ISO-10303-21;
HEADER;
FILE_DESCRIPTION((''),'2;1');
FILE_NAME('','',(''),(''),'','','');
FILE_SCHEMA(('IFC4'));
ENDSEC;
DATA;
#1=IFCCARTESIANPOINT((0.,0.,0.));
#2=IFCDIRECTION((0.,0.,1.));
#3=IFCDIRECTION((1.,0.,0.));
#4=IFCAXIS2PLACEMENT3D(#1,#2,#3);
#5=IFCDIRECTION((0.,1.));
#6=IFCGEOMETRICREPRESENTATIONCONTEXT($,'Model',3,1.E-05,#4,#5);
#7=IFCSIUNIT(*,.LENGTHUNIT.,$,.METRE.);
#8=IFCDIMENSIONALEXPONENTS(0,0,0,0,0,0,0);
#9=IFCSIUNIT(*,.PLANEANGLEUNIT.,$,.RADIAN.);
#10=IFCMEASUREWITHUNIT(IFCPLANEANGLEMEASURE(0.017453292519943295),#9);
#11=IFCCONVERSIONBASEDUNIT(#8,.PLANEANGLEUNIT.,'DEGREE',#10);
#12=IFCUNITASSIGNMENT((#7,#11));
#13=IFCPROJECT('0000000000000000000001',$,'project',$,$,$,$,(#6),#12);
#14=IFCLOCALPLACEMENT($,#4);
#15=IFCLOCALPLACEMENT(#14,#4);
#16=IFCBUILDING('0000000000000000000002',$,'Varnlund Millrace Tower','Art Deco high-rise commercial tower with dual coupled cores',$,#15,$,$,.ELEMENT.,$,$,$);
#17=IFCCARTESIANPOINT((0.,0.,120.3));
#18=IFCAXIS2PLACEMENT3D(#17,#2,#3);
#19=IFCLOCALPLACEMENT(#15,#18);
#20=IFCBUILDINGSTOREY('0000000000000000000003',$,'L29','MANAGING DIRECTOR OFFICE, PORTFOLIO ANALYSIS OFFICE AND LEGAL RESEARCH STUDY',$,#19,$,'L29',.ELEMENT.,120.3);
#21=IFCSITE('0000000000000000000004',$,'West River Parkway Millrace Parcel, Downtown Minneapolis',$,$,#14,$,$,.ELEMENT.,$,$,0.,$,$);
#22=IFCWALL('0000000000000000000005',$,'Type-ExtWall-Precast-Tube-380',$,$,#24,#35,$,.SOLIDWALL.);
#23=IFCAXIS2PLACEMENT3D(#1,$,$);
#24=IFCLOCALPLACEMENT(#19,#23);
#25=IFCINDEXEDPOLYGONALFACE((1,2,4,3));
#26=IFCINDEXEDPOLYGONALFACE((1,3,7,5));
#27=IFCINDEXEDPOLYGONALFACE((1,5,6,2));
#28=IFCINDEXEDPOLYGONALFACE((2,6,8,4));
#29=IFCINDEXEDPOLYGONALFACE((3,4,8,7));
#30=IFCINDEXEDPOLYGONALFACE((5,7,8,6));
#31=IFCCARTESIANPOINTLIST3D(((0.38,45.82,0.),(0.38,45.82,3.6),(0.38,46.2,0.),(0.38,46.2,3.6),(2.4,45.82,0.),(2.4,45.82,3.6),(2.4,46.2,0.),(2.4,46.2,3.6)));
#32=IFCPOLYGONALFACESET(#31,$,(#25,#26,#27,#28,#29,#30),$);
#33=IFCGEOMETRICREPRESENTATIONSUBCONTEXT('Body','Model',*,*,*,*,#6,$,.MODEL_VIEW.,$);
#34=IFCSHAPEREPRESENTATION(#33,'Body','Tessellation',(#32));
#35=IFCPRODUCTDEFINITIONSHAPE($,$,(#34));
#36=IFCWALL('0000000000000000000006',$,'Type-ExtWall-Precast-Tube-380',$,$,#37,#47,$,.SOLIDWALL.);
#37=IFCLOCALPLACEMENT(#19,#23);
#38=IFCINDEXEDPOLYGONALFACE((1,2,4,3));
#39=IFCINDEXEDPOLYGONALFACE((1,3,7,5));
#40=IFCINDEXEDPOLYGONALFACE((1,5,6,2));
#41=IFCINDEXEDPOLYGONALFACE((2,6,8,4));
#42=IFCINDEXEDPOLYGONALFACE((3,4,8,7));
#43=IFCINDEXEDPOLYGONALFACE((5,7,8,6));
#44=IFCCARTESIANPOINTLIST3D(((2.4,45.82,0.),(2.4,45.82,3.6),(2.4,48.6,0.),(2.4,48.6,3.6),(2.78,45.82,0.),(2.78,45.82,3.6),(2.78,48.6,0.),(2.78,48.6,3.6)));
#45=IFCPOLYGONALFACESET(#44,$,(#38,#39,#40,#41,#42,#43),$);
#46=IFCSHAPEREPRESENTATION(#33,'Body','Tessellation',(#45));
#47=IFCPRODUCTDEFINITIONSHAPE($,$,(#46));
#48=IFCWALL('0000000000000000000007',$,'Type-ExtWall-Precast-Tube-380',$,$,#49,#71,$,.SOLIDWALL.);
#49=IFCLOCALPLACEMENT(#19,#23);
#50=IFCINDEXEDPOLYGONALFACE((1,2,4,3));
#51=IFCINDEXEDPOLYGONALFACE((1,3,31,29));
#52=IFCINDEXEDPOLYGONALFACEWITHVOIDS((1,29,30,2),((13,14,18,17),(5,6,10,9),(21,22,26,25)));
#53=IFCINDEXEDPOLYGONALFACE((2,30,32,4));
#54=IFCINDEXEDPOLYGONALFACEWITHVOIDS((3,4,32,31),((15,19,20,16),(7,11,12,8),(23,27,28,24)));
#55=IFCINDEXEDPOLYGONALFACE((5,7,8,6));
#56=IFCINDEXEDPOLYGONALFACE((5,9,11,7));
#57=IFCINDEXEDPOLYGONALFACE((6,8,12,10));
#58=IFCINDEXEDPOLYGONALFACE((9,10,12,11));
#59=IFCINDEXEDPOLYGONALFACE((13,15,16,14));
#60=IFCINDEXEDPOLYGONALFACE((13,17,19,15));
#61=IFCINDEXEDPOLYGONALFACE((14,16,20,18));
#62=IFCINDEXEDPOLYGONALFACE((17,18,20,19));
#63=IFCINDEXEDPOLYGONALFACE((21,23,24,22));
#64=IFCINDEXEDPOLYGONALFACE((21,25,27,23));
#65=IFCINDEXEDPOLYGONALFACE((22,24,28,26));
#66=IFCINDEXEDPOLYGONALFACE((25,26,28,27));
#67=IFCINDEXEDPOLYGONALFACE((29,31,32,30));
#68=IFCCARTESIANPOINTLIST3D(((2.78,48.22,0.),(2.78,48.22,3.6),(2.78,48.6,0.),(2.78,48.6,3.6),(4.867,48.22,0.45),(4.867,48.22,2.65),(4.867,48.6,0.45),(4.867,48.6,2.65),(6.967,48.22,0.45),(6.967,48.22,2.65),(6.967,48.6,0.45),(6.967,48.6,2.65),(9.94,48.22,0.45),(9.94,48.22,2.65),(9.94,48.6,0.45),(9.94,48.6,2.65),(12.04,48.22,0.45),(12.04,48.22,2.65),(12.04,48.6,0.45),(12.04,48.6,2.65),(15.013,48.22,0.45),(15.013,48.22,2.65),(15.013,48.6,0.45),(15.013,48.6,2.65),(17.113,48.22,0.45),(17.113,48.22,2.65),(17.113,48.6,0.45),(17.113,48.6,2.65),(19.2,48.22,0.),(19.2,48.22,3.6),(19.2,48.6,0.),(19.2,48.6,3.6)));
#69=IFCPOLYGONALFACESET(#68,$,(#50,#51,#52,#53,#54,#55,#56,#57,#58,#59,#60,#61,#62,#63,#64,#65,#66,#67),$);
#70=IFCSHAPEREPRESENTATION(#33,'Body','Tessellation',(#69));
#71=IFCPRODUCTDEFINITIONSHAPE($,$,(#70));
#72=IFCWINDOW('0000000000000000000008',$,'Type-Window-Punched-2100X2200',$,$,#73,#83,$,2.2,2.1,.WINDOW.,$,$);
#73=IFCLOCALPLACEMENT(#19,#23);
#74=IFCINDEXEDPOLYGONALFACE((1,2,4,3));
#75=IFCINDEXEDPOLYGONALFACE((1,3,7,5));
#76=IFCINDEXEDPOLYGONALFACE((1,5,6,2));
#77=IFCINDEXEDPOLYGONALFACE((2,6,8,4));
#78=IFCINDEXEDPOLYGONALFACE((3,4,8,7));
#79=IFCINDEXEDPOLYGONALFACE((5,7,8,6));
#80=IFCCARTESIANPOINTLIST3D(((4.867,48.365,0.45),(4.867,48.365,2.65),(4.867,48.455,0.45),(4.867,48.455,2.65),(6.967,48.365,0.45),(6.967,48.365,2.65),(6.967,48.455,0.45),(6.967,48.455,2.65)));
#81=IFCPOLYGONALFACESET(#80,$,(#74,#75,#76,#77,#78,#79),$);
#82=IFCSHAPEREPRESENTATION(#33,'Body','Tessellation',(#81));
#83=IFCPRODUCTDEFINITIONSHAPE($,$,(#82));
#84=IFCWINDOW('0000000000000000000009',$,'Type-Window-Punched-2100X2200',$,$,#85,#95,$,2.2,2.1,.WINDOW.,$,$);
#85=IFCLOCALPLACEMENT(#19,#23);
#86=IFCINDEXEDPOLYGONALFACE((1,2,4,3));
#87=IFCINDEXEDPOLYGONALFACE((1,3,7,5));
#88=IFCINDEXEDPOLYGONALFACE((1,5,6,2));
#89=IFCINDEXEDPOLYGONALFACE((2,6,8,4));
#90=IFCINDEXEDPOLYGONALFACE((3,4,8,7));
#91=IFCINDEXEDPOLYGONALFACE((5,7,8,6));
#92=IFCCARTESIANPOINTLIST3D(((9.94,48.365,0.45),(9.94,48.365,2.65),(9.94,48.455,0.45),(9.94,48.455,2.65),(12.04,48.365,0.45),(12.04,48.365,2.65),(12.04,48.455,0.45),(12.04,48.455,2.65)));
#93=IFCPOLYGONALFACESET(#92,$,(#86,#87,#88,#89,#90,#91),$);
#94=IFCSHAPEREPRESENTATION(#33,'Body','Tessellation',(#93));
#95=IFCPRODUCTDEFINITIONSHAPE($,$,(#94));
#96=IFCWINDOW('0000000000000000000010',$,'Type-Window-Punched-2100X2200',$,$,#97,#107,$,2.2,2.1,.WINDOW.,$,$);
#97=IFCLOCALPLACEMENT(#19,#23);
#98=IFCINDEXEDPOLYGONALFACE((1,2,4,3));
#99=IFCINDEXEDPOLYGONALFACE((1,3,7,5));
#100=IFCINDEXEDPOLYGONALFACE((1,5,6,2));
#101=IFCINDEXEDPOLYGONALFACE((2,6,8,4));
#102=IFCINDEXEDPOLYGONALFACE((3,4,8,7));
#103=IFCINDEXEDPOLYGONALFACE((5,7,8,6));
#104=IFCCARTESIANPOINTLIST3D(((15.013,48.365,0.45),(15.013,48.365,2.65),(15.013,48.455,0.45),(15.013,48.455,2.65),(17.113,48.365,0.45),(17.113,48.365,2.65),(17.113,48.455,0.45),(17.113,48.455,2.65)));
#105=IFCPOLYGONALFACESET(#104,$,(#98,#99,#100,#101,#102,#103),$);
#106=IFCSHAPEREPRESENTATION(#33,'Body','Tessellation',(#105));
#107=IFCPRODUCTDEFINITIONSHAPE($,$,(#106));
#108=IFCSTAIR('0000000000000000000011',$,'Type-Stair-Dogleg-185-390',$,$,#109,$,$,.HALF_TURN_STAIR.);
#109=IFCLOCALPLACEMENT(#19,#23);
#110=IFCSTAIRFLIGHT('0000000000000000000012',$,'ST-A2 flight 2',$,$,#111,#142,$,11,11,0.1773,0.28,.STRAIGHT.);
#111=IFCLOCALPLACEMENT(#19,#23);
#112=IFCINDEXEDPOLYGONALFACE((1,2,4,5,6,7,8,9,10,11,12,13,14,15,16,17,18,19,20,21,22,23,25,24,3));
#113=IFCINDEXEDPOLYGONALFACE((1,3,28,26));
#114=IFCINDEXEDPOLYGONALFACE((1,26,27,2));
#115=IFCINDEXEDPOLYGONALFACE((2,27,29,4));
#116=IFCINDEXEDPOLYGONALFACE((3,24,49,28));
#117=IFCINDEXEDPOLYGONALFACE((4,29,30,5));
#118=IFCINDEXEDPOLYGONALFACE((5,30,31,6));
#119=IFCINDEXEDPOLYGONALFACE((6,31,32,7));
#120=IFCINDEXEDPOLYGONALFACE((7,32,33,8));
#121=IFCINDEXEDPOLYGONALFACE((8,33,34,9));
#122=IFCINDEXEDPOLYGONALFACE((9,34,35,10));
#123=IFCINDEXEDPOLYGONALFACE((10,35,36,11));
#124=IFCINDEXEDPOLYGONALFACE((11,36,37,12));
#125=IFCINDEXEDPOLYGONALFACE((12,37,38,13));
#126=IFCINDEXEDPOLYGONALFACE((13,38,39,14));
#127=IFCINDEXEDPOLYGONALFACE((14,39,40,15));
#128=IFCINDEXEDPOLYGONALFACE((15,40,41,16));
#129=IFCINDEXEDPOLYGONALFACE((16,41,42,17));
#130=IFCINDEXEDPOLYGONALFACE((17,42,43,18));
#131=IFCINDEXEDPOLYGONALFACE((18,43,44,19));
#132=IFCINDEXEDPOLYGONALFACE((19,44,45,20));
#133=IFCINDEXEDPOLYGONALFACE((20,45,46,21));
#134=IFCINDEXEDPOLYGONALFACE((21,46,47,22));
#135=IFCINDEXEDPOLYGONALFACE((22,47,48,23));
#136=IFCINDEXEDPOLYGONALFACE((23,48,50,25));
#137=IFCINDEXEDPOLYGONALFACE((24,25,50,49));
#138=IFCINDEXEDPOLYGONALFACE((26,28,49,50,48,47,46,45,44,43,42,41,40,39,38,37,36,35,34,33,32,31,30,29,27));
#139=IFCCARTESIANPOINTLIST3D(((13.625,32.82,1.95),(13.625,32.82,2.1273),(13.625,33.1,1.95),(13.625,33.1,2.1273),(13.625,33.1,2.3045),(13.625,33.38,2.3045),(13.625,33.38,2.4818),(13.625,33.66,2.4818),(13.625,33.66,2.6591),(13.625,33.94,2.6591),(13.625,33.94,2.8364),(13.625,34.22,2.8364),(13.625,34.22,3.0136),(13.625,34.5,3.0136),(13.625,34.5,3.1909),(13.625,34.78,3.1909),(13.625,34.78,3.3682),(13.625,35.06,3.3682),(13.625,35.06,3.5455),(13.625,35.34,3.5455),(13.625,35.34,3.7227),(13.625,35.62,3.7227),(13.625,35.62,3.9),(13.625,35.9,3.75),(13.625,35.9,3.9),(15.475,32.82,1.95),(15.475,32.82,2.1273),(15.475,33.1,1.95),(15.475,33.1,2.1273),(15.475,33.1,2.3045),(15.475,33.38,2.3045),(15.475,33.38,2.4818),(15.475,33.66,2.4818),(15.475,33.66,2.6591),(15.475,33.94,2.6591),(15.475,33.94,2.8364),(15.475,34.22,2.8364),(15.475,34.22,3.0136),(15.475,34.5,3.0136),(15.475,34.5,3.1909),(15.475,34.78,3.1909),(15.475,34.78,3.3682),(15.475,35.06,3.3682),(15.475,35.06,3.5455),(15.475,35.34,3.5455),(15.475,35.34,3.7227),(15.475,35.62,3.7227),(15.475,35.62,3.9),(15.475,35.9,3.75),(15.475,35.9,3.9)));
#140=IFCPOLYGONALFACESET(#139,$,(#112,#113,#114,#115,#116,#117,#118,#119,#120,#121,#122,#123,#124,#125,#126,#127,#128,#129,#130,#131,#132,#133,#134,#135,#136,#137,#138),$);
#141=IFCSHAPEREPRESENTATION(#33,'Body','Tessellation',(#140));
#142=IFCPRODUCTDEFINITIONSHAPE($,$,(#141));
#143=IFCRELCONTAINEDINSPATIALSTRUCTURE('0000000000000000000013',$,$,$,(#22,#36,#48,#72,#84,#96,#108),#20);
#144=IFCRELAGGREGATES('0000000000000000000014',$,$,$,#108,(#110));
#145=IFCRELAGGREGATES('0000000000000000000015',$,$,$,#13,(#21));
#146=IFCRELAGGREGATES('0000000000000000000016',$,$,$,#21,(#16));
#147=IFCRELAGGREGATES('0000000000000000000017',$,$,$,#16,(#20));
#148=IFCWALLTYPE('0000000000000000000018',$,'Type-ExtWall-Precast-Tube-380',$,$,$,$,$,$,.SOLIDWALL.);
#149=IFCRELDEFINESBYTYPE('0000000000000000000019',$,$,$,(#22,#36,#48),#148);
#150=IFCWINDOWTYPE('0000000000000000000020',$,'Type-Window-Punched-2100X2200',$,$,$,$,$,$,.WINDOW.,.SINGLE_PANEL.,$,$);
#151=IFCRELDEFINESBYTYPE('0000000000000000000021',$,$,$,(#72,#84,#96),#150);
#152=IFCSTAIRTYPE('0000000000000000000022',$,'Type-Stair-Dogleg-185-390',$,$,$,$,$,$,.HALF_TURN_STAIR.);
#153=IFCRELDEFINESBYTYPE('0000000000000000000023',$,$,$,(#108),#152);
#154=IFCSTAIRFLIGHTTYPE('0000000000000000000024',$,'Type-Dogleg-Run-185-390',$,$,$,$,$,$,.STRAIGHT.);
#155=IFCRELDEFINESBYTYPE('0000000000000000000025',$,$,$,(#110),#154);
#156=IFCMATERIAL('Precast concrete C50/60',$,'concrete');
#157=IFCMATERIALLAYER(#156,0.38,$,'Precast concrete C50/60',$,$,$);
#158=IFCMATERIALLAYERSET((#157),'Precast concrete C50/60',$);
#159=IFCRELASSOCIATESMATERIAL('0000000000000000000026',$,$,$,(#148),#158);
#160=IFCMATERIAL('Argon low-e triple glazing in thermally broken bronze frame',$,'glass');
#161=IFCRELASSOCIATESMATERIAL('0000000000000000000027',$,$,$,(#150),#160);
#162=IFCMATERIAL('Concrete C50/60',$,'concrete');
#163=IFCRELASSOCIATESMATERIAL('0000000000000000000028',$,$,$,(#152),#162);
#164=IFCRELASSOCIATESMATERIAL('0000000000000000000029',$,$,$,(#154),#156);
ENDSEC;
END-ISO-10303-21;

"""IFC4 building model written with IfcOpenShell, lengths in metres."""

from ifc_helpers import new_model, entity, si_unit, converted_unit, direction, frame, origin_with_axes, origin_2d_with_axis, place, context, subcontext, project, spatial, polyline, rectangle, outline, extrude, material, layer, layer_set, type_object, element, fill, aggregate, save


model = new_model("IFC4")

# Units and contexts
model_context = context("Model", 3, precision=1e-05, world=origin_with_axes(), true_north=direction((0.0, 1.0)))
body_context = subcontext(model_context, "Body", "Model", "MODEL_VIEW")
ifc_project = project(units=[si_unit("LENGTHUNIT", "METRE"), converted_unit("PLANEANGLEUNIT", "DEGREE", entity("IfcPlaneAngleMeasure", 0.017453292519943295), si_unit("PLANEANGLEUNIT", "RADIAN"), dimensions=[0, 0, 0, 0, 0, 0, 0])], contexts=[model_context])

# Site, building, storey
site_placement = place(None, origin_with_axes())
site = spatial("IfcSite", under=ifc_project, at=site_placement, Name="West River Parkway Millrace Parcel, Downtown Minneapolis", CompositionType="ELEMENT", RefElevation=0.0)
building_placement = place(site_placement, origin_with_axes())
building = spatial("IfcBuilding", under=site, at=building_placement, Name="Varnlund Millrace Tower", Description="Art Deco high-rise commercial tower with dual coupled cores", CompositionType="ELEMENT")
storey_placement = place(building_placement, frame((0.0, 0.0, 120.3), z_axis=(0.0, 0.0, 1.0), x_axis=(1.0, 0.0, 0.0)))
storey = spatial("IfcBuildingStorey", under=building, at=storey_placement, Name="L29", Description="MANAGING DIRECTOR OFFICE, PORTFOLIO ANALYSIS OFFICE AND LEGAL RESEARCH STUDY", LongName="L29", CompositionType="ELEMENT", Elevation=120.3)

# Walls
ifc_material_1 = material(Name="Precast concrete C50/60", Category="concrete")
ifc_layer = layer(ifc_material_1, 0.38, Name="Precast concrete C50/60")
ifc_layer_set = layer_set([ifc_layer], Name="Precast concrete C50/60")
wall_type = type_object("IfcWallType", Name="Type-ExtWall-Precast-Tube-380", PredefinedType="SOLIDWALL", material=ifc_layer_set)
wall_1_placement = place(storey_placement, frame((0.38, 46.01, 0.0), z_axis=(0.0, 0.0, 1.0), x_axis=(1.0, 0.0, 0.0)))
element("IfcWall", 1, at=wall_1_placement, inside=storey, type_object=wall_type, Name="Type-ExtWall-Precast-Tube-380", PredefinedType="SOLIDWALL", context=body_context, shape_type="SweptSolid", body=[
    extrude(outline(polyline([(0.0, -0.19), (2.02, -0.19), (2.02, 0.19), (0.0, 0.19), (0.0, -0.19)])), origin_with_axes(), (0.0, 0.0, 1.0), 3.6),
])
wall_2_placement = place(storey_placement, frame((2.59, 45.82, 0.0), z_axis=(0.0, 0.0, 1.0), x_axis=(0.0, 1.0, 0.0)))
element("IfcWall", 2, at=wall_2_placement, inside=storey, type_object=wall_type, Name="Type-ExtWall-Precast-Tube-380", PredefinedType="SOLIDWALL", context=body_context, shape_type="SweptSolid", body=[
    extrude(outline(polyline([(0.0, -0.19), (2.78, -0.19), (2.78, 0.19), (0.0, 0.19), (0.0, -0.19)])), origin_with_axes(), (0.0, 0.0, 1.0), 3.6),
])

# Wall, openings, windows
wall_3_placement = place(storey_placement, frame((2.78, 48.41, 0.0), z_axis=(0.0, 0.0, 1.0), x_axis=(1.0, 0.0, 0.0)))
wall_3 = element("IfcWall", 3, at=wall_3_placement, inside=storey, type_object=wall_type, Name="Type-ExtWall-Precast-Tube-380", PredefinedType="SOLIDWALL", context=body_context, shape_type="SweptSolid", body=[
    extrude(outline(polyline([(0.0, -0.19), (16.42, -0.19), (16.42, 0.19), (0.0, 0.19), (0.0, -0.19)])), origin_with_axes(), (0.0, 0.0, 1.0), 3.6),
])
opening_1_placement = place(wall_3_placement, frame((3.137, 0.0, 0.45), z_axis=(0.0, 0.0, 1.0), x_axis=(1.0, 0.0, 0.0)))
opening_1 = element("IfcOpeningElement", 4, at=opening_1_placement, cuts=wall_3, PredefinedType="OPENING", context=body_context, shape_type="SweptSolid", body=[
    extrude(rectangle(XDim=2.1, YDim=0.4, at=origin_2d_with_axis()), origin_with_axes(), (0.0, 0.0, 1.0), 2.2),
])
opening_2_placement = place(wall_3_placement, frame((8.21, 0.0, 0.45), z_axis=(0.0, 0.0, 1.0), x_axis=(1.0, 0.0, 0.0)))
opening_2 = element("IfcOpeningElement", 5, at=opening_2_placement, cuts=wall_3, PredefinedType="OPENING", context=body_context, shape_type="SweptSolid", body=[
    extrude(rectangle(XDim=2.1, YDim=0.4, at=origin_2d_with_axis()), origin_with_axes(), (0.0, 0.0, 1.0), 2.2),
])
opening_3_placement = place(wall_3_placement, frame((13.283, 0.0, 0.45), z_axis=(0.0, 0.0, 1.0), x_axis=(1.0, 0.0, 0.0)))
opening_3 = element("IfcOpeningElement", 6, at=opening_3_placement, cuts=wall_3, PredefinedType="OPENING", context=body_context, shape_type="SweptSolid", body=[
    extrude(rectangle(XDim=2.1, YDim=0.4, at=origin_2d_with_axis()), origin_with_axes(), (0.0, 0.0, 1.0), 2.2),
])
ifc_material_2 = material(Name="Argon low-e triple glazing in thermally broken bronze frame", Category="glass")
window_type = type_object("IfcWindowType", Name="Type-Window-Punched-2100X2200", PartitioningType="SINGLE_PANEL", PredefinedType="WINDOW", material=ifc_material_2)
window_1_placement = place(wall_3_placement, frame((3.137, 0.0, 0.45), z_axis=(0.0, 0.0, 1.0), x_axis=(1.0, 0.0, 0.0)))
window_1 = element("IfcWindow", 7, at=window_1_placement, inside=storey, type_object=window_type, Name="Type-Window-Punched-2100X2200", OverallHeight=2.2, OverallWidth=2.1, PredefinedType="WINDOW", context=body_context, shape_type="SweptSolid", body=[
    extrude(rectangle(XDim=2.1, YDim=0.09, at=origin_2d_with_axis()), origin_with_axes(), (0.0, 0.0, 1.0), 2.2),
])
fill(opening_1, window_1)
window_2_placement = place(wall_3_placement, frame((8.21, 0.0, 0.45), z_axis=(0.0, 0.0, 1.0), x_axis=(1.0, 0.0, 0.0)))
window_2 = element("IfcWindow", 8, at=window_2_placement, inside=storey, type_object=window_type, Name="Type-Window-Punched-2100X2200", OverallHeight=2.2, OverallWidth=2.1, PredefinedType="WINDOW", context=body_context, shape_type="SweptSolid", body=[
    extrude(rectangle(XDim=2.1, YDim=0.09, at=origin_2d_with_axis()), origin_with_axes(), (0.0, 0.0, 1.0), 2.2),
])
fill(opening_2, window_2)
window_3_placement = place(wall_3_placement, frame((13.283, 0.0, 0.45), z_axis=(0.0, 0.0, 1.0), x_axis=(1.0, 0.0, 0.0)))
window_3 = element("IfcWindow", 9, at=window_3_placement, inside=storey, type_object=window_type, Name="Type-Window-Punched-2100X2200", OverallHeight=2.2, OverallWidth=2.1, PredefinedType="WINDOW", context=body_context, shape_type="SweptSolid", body=[
    extrude(rectangle(XDim=2.1, YDim=0.09, at=origin_2d_with_axis()), origin_with_axes(), (0.0, 0.0, 1.0), 2.2),
])
fill(opening_3, window_3)

# Stair, stair flight
ifc_material_3 = material(Name="Concrete C50/60", Category="concrete")
stair_type = type_object("IfcStairType", Name="Type-Stair-Dogleg-185-390", PredefinedType="HALF_TURN_STAIR", material=ifc_material_3)
stair_placement = place(storey_placement, origin_with_axes())
stair = element("IfcStair", 10, at=stair_placement, inside=storey, type_object=stair_type, Name="Type-Stair-Dogleg-185-390", PredefinedType="HALF_TURN_STAIR")
stair_flight_type = type_object("IfcStairFlightType", Name="Type-Dogleg-Run-185-390", PredefinedType="STRAIGHT", material=ifc_material_1)
stair_flight_placement = place(storey_placement, frame((13.625, 32.82, 1.95), z_axis=(1.0, 0.0, 0.0), x_axis=(0.0, 1.0, 0.0)))
stair_flight = element("IfcStairFlight", 11, at=stair_flight_placement, type_object=stair_flight_type, Name="ST-A2 flight 2", NumberOfRisers=11, NumberOfTreads=11, PredefinedType="STRAIGHT", RiserHeight=0.1773, TreadLength=0.28, context=body_context, shape_type="SweptSolid", body=[
    extrude(outline(polyline([(0.0, 0.0), (0.0, 0.1773), (0.28, 0.1773), (0.28, 0.3545), (0.56, 0.3545), (0.56, 0.5318), (0.84, 0.5318), (0.84, 0.7091), (1.12, 0.7091), (1.12, 0.8864), (1.4, 0.8864), (1.4, 1.0636), (1.68, 1.0636), (1.68, 1.2409), (1.96, 1.2409), (1.96, 1.4182), (2.24, 1.4182), (2.24, 1.5955), (2.52, 1.5955), (2.52, 1.7727), (2.8, 1.7727), (2.8, 1.95), (3.08, 1.95), (3.08, 1.8), (0.28, 0.0), (0.0, 0.0)])), origin_with_axes(), (0.0, 0.0, 1.0), 1.85),
])
aggregate(stair, [stair_flight])

save(model, "model.ifc")
